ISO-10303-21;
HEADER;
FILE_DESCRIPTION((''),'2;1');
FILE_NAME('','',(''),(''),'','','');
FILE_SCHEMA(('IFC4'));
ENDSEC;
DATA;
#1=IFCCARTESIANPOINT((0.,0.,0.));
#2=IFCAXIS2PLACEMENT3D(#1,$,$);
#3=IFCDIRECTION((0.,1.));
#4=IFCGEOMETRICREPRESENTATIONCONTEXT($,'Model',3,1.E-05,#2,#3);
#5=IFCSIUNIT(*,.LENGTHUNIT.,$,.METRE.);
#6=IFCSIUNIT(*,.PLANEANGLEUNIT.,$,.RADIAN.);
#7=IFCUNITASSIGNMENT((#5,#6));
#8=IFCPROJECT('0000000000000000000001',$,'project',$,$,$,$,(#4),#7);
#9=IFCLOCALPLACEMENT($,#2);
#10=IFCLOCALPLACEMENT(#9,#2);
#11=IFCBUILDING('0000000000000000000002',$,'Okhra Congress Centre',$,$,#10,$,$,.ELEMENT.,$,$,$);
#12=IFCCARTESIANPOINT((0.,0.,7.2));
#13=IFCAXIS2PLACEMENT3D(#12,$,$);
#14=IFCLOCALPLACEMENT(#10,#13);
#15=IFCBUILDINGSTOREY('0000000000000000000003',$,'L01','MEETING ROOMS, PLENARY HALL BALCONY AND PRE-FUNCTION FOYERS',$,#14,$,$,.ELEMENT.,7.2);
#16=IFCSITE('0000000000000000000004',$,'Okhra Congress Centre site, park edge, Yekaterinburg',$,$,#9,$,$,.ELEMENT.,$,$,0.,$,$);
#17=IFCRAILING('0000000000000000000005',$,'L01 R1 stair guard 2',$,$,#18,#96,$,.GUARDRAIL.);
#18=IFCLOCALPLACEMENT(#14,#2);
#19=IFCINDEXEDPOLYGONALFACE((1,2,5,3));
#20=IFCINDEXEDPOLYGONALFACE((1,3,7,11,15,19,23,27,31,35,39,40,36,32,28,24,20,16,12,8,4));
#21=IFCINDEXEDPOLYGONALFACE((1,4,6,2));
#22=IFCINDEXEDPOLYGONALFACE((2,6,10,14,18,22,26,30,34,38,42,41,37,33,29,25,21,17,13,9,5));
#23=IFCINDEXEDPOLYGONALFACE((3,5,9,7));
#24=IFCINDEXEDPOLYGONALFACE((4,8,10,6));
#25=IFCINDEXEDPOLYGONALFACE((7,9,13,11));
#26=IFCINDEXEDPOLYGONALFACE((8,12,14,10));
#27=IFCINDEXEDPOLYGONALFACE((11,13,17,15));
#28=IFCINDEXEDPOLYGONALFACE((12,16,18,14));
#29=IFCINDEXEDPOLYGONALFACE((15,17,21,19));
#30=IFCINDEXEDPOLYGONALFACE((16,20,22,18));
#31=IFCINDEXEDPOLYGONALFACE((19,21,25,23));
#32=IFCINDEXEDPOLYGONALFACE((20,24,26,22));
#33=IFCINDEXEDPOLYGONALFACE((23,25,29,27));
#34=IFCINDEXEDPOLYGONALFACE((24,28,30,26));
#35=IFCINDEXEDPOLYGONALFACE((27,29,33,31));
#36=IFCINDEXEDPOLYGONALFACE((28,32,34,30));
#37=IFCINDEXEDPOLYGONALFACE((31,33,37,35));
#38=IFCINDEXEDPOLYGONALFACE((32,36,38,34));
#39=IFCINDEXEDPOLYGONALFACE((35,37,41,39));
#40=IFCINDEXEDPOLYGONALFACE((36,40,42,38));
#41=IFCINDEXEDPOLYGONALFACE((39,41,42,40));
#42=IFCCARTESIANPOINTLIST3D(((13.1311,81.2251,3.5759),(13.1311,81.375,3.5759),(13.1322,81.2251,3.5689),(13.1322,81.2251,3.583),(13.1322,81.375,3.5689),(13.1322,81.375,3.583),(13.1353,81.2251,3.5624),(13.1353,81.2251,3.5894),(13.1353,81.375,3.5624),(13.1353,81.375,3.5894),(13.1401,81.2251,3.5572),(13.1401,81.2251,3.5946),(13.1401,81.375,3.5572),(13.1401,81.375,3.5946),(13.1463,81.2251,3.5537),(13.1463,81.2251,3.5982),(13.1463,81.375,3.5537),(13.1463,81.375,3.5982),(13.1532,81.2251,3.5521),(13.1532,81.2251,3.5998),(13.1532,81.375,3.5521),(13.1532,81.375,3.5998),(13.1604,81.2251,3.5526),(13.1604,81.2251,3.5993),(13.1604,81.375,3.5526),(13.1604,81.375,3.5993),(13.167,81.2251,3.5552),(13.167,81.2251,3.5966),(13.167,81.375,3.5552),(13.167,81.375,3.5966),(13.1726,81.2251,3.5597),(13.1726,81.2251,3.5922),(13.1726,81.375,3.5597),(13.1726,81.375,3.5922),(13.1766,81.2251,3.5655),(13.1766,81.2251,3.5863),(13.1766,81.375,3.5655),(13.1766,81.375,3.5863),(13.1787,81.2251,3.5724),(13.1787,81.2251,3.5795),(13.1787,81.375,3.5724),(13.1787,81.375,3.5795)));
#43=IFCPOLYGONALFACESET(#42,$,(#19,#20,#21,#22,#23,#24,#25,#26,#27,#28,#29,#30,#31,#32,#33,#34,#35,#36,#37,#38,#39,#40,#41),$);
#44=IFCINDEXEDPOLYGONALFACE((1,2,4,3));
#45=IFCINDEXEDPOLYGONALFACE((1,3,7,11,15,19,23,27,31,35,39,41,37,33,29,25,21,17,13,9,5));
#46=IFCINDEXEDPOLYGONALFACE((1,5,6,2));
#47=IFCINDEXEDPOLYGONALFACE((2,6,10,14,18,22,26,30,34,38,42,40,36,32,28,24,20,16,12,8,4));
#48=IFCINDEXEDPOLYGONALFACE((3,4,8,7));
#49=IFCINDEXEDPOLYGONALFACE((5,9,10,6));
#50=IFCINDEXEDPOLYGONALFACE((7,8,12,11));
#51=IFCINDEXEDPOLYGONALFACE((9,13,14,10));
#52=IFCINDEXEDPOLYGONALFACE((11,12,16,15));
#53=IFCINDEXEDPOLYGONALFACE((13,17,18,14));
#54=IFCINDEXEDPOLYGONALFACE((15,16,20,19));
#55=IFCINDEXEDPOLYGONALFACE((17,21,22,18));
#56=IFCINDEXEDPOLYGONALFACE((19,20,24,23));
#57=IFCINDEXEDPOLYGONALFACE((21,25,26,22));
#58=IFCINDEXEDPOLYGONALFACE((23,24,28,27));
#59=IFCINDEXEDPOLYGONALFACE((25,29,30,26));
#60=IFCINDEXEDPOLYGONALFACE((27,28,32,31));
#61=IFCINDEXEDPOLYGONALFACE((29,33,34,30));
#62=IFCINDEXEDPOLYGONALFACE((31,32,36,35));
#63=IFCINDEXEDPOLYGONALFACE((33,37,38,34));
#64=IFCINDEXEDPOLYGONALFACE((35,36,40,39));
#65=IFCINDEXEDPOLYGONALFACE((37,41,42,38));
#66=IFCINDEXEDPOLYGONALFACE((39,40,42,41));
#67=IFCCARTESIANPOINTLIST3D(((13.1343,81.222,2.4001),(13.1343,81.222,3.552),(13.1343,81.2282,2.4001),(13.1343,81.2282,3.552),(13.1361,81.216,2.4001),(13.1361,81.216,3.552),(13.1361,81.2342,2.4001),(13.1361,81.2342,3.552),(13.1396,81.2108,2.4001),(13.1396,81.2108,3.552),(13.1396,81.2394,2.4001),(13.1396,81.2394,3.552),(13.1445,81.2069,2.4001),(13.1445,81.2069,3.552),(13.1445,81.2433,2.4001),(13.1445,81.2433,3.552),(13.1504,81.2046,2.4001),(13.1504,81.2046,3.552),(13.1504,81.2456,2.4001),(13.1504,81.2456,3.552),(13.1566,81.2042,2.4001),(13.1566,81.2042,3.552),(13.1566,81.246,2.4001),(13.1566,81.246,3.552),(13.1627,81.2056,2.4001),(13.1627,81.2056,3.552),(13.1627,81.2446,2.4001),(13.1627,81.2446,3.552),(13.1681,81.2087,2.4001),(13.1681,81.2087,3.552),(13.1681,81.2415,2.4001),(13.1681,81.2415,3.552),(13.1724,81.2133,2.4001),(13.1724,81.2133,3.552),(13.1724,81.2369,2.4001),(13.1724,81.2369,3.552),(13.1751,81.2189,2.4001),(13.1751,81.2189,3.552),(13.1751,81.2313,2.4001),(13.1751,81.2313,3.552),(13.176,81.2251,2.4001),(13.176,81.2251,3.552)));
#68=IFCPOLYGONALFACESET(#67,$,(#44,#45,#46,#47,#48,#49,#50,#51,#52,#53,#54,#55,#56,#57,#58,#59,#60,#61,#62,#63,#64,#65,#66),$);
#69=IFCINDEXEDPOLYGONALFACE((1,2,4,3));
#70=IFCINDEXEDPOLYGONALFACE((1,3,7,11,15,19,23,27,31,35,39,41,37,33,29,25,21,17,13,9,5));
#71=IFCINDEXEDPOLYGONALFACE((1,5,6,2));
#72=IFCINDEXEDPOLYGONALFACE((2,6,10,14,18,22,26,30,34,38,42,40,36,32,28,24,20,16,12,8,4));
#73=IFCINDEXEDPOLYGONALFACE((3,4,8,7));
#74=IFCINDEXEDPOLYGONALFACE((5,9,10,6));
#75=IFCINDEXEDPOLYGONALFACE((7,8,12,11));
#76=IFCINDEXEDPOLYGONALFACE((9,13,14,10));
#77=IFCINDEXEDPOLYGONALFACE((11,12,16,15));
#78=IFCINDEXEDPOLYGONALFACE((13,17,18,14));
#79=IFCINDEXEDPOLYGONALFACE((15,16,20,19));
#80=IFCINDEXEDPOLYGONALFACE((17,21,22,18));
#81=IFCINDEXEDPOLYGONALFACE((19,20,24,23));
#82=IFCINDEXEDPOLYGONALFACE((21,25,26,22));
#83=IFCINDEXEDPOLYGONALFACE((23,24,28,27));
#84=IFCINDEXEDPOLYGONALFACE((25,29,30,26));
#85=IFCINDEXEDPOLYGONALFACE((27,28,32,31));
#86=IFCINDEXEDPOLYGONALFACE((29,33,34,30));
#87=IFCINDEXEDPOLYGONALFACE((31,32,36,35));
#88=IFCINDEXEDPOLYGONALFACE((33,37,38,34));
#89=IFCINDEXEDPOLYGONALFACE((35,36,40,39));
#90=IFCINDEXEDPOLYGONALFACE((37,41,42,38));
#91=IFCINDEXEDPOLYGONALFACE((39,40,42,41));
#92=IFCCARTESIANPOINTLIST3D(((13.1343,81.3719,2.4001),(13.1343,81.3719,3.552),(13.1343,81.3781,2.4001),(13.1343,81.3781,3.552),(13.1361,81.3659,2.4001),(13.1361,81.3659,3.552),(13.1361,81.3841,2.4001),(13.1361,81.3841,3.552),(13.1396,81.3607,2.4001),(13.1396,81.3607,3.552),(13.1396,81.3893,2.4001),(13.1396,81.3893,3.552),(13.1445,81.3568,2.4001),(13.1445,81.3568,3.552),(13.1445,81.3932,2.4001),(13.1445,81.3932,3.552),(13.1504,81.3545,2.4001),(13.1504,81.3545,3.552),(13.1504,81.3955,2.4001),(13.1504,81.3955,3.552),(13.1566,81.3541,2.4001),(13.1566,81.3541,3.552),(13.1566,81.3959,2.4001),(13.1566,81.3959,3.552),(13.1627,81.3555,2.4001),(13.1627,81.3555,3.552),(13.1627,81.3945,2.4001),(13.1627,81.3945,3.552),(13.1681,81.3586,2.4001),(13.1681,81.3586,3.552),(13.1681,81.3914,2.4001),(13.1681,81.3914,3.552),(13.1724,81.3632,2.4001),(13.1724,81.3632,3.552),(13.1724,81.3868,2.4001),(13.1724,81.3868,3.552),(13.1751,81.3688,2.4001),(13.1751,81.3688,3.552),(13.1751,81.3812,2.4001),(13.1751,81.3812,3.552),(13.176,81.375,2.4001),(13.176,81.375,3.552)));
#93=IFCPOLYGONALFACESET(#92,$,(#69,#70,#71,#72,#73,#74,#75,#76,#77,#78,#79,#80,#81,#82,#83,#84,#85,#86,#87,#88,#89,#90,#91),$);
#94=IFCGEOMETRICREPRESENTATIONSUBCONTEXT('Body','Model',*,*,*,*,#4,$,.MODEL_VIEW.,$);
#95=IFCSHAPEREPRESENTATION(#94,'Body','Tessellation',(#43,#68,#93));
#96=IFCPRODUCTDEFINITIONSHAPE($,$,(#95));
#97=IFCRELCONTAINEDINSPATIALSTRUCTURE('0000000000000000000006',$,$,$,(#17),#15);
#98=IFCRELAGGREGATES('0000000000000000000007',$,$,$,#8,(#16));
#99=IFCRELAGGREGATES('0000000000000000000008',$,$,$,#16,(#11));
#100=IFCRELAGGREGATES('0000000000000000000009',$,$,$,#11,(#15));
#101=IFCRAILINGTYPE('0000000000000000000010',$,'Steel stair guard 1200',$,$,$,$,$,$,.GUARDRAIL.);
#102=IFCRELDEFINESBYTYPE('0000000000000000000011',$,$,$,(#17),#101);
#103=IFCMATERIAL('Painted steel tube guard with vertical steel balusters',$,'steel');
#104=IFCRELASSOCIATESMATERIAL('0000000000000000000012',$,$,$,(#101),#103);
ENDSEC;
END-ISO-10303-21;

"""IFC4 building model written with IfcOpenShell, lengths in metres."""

from ifc_helpers import new_model, si_unit, direction, frame, origin, origin_2d, place, context, subcontext, project, spatial, circle, extrude, material, type_object, element, save


model = new_model("IFC4")

# Units and contexts
model_context = context("Model", 3, precision=1e-05, world=origin(), true_north=direction((0.0, 1.0)))
body_context = subcontext(model_context, "Body", "Model", "MODEL_VIEW")
ifc_project = project(units=[si_unit("LENGTHUNIT", "METRE"), si_unit("PLANEANGLEUNIT", "RADIAN")], contexts=[model_context])

# Site, building, storey
site_placement = place(None, origin())
site = spatial("IfcSite", under=ifc_project, at=site_placement, Name="Okhra Congress Centre site, park edge, Yekaterinburg", CompositionType="ELEMENT", RefElevation=0.0)
building_placement = place(site_placement, origin())
building = spatial("IfcBuilding", under=site, at=building_placement, Name="Okhra Congress Centre", CompositionType="ELEMENT")
storey_placement = place(building_placement, frame((0.0, 0.0, 7.2)))
storey = spatial("IfcBuildingStorey", under=building, at=storey_placement, Name="L01", Description="MEETING ROOMS, PLENARY HALL BALCONY AND PRE-FUNCTION FOYERS", CompositionType="ELEMENT", Elevation=7.2)

# Railing
ifc_material_1 = material(Name="Painted steel tube guard with vertical steel balusters", Category="steel")
railing_type_1 = type_object("IfcRailingType", Name="Steel stair guard 1200", PredefinedType="GUARDRAIL", material=ifc_material_1)
railing_1_placement = place(storey_placement, frame((13.155, 81.2251, 2.4001)))
element("IfcRailing", 1, at=railing_1_placement, inside=storey, type_object=railing_type_1, Name="L01 R1 stair guard 2", PredefinedType="GUARDRAIL", context=body_context, shape_type="SweptSolid", body=[
    extrude(circle(Radius=0.0239, at=origin_2d()), frame((0.0, 0.0, 1.1758), z_axis=(0.0, 1.0, 0.0), x_axis=(-1.0, 0.0, 0.0)), (0.0, 0.0, 1.0), 0.1499),
    extrude(circle(Radius=0.021, at=origin_2d()), origin(), (0.0, 0.0, 1.0), 1.1519),
    extrude(circle(Radius=0.021, at=origin_2d()), frame((0.0, 0.1499, 0.0)), (0.0, 0.0, 1.0), 1.1519),
])

save(model, "model.ifc")
